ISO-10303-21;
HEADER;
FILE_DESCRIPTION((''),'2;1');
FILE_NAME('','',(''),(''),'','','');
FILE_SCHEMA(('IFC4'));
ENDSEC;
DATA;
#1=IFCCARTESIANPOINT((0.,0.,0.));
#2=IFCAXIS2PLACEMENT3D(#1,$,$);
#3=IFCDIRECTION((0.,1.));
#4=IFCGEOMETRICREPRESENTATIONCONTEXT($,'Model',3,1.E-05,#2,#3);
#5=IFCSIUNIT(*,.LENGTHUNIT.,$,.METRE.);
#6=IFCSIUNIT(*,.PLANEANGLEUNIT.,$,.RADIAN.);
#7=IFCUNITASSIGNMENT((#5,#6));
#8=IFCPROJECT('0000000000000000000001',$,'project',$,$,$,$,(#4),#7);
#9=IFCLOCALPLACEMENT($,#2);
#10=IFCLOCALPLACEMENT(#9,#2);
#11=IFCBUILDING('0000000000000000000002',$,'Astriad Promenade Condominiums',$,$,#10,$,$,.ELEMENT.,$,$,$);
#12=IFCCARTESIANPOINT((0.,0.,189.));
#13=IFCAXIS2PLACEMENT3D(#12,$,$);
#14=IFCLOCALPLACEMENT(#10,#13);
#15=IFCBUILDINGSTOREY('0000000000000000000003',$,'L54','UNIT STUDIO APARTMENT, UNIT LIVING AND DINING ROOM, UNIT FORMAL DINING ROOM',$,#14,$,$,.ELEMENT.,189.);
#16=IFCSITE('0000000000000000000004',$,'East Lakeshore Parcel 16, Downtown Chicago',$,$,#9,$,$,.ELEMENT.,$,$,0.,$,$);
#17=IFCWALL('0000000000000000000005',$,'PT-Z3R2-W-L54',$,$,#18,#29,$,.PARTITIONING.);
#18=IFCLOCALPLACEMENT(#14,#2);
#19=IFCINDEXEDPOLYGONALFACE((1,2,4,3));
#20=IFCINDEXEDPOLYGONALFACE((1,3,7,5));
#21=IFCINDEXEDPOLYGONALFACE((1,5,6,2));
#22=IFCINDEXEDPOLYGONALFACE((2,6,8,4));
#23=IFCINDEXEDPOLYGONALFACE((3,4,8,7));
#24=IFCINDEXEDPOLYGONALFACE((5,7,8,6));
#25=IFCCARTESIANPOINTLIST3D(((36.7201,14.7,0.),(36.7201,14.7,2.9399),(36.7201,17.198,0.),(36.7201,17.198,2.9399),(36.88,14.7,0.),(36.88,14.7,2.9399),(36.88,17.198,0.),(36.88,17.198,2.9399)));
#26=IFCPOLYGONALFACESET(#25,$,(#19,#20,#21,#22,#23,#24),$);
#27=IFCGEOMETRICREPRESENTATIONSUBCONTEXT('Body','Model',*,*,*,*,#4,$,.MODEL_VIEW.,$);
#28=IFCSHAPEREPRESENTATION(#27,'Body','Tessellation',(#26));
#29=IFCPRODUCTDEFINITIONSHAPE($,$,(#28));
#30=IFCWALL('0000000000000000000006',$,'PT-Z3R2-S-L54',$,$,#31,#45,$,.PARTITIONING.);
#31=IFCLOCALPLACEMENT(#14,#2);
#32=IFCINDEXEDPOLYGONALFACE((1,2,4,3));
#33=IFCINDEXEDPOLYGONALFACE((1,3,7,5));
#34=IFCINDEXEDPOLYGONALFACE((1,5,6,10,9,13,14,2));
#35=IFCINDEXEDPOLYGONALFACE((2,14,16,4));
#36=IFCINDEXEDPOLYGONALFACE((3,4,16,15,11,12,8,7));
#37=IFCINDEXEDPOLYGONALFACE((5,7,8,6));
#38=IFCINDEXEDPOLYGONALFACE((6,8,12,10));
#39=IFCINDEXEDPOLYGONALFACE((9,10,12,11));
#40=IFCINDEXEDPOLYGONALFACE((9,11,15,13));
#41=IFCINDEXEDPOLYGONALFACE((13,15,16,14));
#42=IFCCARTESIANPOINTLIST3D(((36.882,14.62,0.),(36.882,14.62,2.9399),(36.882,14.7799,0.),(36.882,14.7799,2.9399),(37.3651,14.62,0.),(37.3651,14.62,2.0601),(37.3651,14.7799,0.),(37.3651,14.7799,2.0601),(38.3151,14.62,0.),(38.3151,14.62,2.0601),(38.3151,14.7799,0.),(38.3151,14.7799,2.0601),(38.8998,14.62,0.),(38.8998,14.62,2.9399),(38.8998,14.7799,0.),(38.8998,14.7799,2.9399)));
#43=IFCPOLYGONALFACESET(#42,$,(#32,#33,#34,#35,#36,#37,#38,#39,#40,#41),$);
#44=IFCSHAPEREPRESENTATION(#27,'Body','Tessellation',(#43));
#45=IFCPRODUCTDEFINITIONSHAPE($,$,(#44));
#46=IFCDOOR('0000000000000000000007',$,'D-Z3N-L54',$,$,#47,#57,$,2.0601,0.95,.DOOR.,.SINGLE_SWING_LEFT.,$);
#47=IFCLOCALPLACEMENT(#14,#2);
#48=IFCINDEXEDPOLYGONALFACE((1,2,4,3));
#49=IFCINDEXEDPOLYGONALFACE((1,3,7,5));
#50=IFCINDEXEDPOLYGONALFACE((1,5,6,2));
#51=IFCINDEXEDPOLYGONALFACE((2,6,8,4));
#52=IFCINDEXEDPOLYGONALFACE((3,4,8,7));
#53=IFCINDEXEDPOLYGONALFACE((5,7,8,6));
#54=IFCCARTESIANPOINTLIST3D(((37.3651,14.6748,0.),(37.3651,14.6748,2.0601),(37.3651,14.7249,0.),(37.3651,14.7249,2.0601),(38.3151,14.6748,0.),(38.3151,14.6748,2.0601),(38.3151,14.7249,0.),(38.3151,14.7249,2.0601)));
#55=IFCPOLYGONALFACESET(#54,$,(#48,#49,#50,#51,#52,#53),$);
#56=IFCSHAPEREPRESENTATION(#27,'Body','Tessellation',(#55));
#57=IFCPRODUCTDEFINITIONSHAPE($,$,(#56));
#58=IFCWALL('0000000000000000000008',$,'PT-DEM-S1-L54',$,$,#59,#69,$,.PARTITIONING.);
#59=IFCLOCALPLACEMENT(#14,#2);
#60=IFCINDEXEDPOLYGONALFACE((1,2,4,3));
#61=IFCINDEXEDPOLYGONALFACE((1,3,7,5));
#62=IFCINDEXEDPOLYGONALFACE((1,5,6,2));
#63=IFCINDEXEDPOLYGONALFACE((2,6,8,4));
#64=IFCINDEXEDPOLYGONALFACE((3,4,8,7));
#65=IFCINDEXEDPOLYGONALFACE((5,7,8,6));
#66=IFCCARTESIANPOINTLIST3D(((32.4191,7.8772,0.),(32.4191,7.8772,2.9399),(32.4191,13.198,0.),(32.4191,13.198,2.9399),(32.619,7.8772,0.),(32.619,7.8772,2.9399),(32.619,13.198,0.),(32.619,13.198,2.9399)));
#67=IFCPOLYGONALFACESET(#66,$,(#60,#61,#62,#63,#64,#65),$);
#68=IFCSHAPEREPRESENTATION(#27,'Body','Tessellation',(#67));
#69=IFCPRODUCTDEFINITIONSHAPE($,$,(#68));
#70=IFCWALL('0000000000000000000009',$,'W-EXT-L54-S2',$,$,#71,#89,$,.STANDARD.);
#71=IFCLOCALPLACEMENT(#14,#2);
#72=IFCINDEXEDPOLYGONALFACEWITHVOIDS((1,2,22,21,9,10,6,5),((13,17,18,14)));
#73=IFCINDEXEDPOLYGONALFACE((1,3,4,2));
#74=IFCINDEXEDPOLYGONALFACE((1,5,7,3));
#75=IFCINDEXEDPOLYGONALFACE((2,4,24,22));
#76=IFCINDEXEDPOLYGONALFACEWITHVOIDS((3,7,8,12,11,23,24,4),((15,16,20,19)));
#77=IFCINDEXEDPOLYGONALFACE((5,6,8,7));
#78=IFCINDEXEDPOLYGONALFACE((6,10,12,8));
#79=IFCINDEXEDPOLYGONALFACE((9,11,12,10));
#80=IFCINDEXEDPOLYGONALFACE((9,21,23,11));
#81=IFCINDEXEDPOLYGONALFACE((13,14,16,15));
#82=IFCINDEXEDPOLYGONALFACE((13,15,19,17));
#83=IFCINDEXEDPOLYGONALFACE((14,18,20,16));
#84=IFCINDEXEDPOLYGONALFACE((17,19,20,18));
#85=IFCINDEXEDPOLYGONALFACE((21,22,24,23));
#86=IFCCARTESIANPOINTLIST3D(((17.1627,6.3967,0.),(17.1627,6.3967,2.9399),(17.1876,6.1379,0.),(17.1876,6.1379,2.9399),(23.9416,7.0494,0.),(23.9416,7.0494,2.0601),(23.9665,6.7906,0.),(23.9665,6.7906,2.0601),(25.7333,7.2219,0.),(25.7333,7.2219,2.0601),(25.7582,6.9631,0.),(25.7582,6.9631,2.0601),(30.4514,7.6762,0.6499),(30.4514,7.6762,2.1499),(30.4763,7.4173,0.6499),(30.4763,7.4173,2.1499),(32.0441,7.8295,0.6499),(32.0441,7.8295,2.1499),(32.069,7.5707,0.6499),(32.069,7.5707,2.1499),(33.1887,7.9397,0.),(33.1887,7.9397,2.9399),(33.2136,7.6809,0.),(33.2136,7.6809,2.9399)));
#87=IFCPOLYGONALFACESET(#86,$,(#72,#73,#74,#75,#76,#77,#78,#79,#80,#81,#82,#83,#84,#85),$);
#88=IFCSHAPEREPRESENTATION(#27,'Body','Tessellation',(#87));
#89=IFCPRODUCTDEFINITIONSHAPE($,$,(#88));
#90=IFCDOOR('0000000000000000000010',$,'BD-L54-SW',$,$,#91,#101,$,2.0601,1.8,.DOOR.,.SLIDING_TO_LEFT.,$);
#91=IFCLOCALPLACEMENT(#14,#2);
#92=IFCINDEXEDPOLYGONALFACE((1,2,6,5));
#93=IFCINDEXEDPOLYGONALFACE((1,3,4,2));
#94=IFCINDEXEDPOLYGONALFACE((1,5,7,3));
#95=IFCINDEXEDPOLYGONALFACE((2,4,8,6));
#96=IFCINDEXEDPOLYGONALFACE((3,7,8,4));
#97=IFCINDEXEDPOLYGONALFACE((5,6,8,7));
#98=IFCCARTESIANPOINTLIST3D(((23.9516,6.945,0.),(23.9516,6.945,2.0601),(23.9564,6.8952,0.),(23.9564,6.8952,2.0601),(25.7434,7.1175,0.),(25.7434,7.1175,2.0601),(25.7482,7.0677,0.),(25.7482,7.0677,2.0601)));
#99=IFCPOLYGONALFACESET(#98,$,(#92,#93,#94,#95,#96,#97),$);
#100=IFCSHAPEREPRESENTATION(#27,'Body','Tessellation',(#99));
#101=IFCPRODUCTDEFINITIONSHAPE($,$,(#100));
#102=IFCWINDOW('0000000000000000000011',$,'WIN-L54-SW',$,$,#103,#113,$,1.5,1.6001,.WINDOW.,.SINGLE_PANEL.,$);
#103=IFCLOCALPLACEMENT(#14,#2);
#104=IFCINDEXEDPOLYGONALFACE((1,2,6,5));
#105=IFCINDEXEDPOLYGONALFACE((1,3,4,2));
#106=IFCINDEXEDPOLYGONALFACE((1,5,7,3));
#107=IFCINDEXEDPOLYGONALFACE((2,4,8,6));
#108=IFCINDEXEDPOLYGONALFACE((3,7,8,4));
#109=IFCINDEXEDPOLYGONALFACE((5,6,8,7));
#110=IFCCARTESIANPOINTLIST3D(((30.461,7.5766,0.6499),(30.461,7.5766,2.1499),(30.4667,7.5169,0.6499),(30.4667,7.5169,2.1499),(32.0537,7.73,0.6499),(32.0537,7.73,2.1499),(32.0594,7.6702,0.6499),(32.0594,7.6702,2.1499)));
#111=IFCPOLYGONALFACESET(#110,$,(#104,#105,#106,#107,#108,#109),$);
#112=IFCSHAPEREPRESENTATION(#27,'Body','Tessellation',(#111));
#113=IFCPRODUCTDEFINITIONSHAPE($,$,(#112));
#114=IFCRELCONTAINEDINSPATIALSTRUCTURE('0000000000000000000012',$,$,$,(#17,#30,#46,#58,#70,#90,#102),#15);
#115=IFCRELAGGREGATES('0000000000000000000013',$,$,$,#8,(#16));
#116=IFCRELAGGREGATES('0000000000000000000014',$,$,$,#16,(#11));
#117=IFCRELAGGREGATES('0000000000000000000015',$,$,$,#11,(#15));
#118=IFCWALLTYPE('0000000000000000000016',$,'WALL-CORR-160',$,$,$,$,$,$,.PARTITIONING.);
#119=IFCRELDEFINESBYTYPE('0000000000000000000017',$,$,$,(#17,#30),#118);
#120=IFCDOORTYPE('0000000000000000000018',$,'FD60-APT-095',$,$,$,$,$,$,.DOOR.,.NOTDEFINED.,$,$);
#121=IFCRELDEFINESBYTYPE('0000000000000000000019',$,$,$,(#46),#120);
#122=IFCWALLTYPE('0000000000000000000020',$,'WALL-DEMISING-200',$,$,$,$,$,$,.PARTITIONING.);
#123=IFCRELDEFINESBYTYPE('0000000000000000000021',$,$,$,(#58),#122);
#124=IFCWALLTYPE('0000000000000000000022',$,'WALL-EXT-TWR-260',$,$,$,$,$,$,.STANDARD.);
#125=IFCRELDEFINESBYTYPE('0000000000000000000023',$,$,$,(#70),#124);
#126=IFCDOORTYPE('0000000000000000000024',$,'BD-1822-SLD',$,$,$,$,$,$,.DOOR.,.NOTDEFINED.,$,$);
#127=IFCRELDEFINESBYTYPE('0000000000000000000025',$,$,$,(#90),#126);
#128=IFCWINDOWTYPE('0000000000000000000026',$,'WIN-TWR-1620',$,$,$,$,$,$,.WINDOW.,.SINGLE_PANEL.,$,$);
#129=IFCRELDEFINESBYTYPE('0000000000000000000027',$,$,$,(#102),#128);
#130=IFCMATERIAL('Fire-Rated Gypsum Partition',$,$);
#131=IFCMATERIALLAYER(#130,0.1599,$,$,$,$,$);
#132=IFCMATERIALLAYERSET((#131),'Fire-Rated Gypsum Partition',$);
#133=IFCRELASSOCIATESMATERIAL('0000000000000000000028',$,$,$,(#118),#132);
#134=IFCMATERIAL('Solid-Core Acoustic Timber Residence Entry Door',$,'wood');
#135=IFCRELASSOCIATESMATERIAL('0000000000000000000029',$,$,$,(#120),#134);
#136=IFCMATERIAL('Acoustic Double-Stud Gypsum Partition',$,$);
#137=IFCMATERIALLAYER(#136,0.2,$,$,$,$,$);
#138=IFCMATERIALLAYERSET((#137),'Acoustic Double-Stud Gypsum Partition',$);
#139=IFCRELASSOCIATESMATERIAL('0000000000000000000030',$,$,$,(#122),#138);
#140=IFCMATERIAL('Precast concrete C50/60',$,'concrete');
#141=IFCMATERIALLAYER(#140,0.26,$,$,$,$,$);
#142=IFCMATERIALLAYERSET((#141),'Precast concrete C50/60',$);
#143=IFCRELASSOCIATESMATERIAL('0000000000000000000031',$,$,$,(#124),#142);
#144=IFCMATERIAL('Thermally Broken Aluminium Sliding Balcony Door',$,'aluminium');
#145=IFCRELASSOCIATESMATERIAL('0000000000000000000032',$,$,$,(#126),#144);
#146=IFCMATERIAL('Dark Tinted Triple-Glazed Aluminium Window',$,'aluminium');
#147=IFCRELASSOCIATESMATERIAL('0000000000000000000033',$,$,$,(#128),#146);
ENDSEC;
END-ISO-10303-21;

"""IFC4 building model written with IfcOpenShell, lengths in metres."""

from ifc_helpers import new_model, si_unit, direction, frame, frame_2d, origin, place, context, subcontext, project, spatial, rectangle, extrude, source, transform, mapped, material, layer, layer_set, type_object, type_shapes, element, fill, save


model = new_model("IFC4")

# Units and contexts
model_context = context("Model", 3, precision=1e-05, world=origin(), true_north=direction((0.0, 1.0)))
body_context = subcontext(model_context, "Body", "Model", "MODEL_VIEW")
ifc_project = project(units=[si_unit("LENGTHUNIT", "METRE"), si_unit("PLANEANGLEUNIT", "RADIAN")], contexts=[model_context])

# Site, building, storey
site_placement = place(None, origin())
site = spatial("IfcSite", under=ifc_project, at=site_placement, Name="East Lakeshore Parcel 16, Downtown Chicago", CompositionType="ELEMENT", RefElevation=0.0)
building_placement = place(site_placement, origin())
building = spatial("IfcBuilding", under=site, at=building_placement, Name="Astriad Promenade Condominiums", CompositionType="ELEMENT")
storey_placement = place(building_placement, frame((0.0, 0.0, 189.0)))
storey = spatial("IfcBuildingStorey", under=building, at=storey_placement, Name="L54", Description="UNIT STUDIO APARTMENT, UNIT LIVING AND DINING ROOM, UNIT FORMAL DINING ROOM", CompositionType="ELEMENT", Elevation=189.0)

# Wall
ifc_material_1 = material(Name="Fire-Rated Gypsum Partition")
ifc_layer_1 = layer(ifc_material_1, 0.1599)
ifc_layer_set_1 = layer_set([ifc_layer_1], Name="Fire-Rated Gypsum Partition")
wall_type_1 = type_object("IfcWallType", Name="WALL-CORR-160", PredefinedType="PARTITIONING", material=ifc_layer_set_1)
for number, where, z_axis, x_axis, name in (
    (1, (36.8, 14.7, 0.0), (0.0, 0.0, 1.0), (0.0, 1.0, 0.0), "PT-Z3R2-W-L54"),
):
    element("IfcWall", number, at=place(storey_placement, frame(where, z_axis=z_axis, x_axis=x_axis)), inside=storey, type_object=wall_type_1, Name=name, PredefinedType="PARTITIONING", context=body_context, shape_type="SweptSolid", body=[
        extrude(rectangle(XDim=2.498, YDim=0.1599, at=frame_2d((1.249, 0.0))), origin(), (0.0, 0.0, 1.0), 2.9399),
    ])

# Wall, opening, door
wall_1_placement = place(storey_placement, frame((36.8821, 14.7, 0.0), z_axis=(0.0, 0.0, 1.0), x_axis=(1.0, 0.0, 0.0)))
wall_1 = element("IfcWall", 2, at=wall_1_placement, inside=storey, type_object=wall_type_1, Name="PT-Z3R2-S-L54", PredefinedType="PARTITIONING", context=body_context, shape_type="SweptSolid", body=[
    extrude(rectangle(XDim=2.0178, YDim=0.1599, at=frame_2d((1.0088, 0.0))), origin(), (0.0, 0.0, 1.0), 2.9399),
])
opening_1_placement = place(wall_1_placement, frame((0.4829, 0.0, 0.0)))
opening_1 = element("IfcOpeningElement", 3, at=opening_1_placement, cuts=wall_1, PredefinedType="OPENING", context=body_context, shape_type="SweptSolid", body=[
    extrude(rectangle(XDim=0.95, YDim=2.0601, at=frame_2d((0.4751, 1.03))), frame((0.0, 0.0898, 0.0), z_axis=(0.0, -1.0, 0.0), x_axis=(1.0, 0.0, 0.0)), (0.0, 0.0, 1.0), 0.1799),
])
ifc_material_2 = material(Name="Solid-Core Acoustic Timber Residence Entry Door", Category="wood")
door_type_1 = type_object("IfcDoorType", Name="FD60-APT-095", OperationType="NOTDEFINED", PredefinedType="DOOR", material=ifc_material_2)
shared_shape_1 = source(origin(), body_context, "Body", "SweptSolid", [
    extrude(rectangle(XDim=0.95, YDim=2.0601, at=frame_2d((0.4751, 1.03))), frame((0.0, 0.0249, 0.0), z_axis=(0.0, -1.0, 0.0), x_axis=(1.0, 0.0, 0.0)), (0.0, 0.0, 1.0), 0.05),
])
type_shapes(door_type_1, [shared_shape_1])
door_1_placement = place(opening_1_placement, origin())
door_1 = element("IfcDoor", 4, at=door_1_placement, inside=storey, type_object=door_type_1, Name="D-Z3N-L54", OperationType="SINGLE_SWING_LEFT", OverallHeight=2.0601, OverallWidth=0.95, PredefinedType="DOOR", context=body_context, shape_type="MappedRepresentation", body=[
    mapped(shared_shape_1, transform((0.0, 0.0, 0.0), scale=1.0)),
])
fill(opening_1, door_1)

# Wall
ifc_material_3 = material(Name="Acoustic Double-Stud Gypsum Partition")
ifc_layer_2 = layer(ifc_material_3, 0.2)
ifc_layer_set_2 = layer_set([ifc_layer_2], Name="Acoustic Double-Stud Gypsum Partition")
wall_type_2 = type_object("IfcWallType", Name="WALL-DEMISING-200", PredefinedType="PARTITIONING", material=ifc_layer_set_2)
wall_2_placement = place(storey_placement, frame((32.519, 7.8772, 0.0), z_axis=(0.0, 0.0, 1.0), x_axis=(0.0, 1.0, 0.0)))
element("IfcWall", 5, at=wall_2_placement, inside=storey, type_object=wall_type_2, Name="PT-DEM-S1-L54", PredefinedType="PARTITIONING", context=body_context, shape_type="SweptSolid", body=[
    extrude(rectangle(XDim=5.3208, YDim=0.2, at=frame_2d((2.6604, 0.0))), origin(), (0.0, 0.0, 1.0), 2.9399),
])

# Wall, openings, door, window
ifc_material_4 = material(Name="Precast concrete C50/60", Category="concrete")
ifc_layer_3 = layer(ifc_material_4, 0.26)
ifc_layer_set_3 = layer_set([ifc_layer_3], Name="Precast concrete C50/60")
wall_type_3 = type_object("IfcWallType", Name="WALL-EXT-TWR-260", PredefinedType="STANDARD", material=ifc_layer_set_3)
wall_3_placement = place(storey_placement, frame((33.2012, 7.8103, 0.0), z_axis=(0.0, 0.0, 1.0), x_axis=(-0.995397, -0.095837, 0.0)))
wall_3 = element("IfcWall", 6, at=wall_3_placement, inside=storey, type_object=wall_type_3, Name="W-EXT-L54-S2", PredefinedType="STANDARD", context=body_context, shape_type="SweptSolid", body=[
    extrude(rectangle(XDim=16.1001, YDim=0.26, at=frame_2d((8.05, 0.0))), origin(), (0.0, 0.0, 1.0), 2.9399),
])
opening_2_placement = place(wall_3_placement, frame((7.49, 0.0, 0.0)))
opening_2 = element("IfcOpeningElement", 7, at=opening_2_placement, cuts=wall_3, PredefinedType="OPENING", context=body_context, shape_type="SweptSolid", body=[
    extrude(rectangle(XDim=1.8, YDim=2.0601, at=frame_2d((0.8999, 1.03))), frame((0.0, 0.1399, 0.0), z_axis=(0.0, -1.0, 0.0), x_axis=(1.0, 0.0, 0.0)), (0.0, 0.0, 1.0), 0.28),
])
opening_3_placement = place(wall_3_placement, frame((1.1499, 0.0, 0.6499)))
opening_3 = element("IfcOpeningElement", 8, at=opening_3_placement, cuts=wall_3, PredefinedType="OPENING", context=body_context, shape_type="SweptSolid", body=[
    extrude(rectangle(XDim=1.6001, YDim=1.5, at=frame_2d((0.8, 0.75))), frame((0.0, 0.1399, 0.0), z_axis=(0.0, -1.0, 0.0), x_axis=(1.0, 0.0, 0.0)), (0.0, 0.0, 1.0), 0.28),
])
ifc_material_5 = material(Name="Thermally Broken Aluminium Sliding Balcony Door", Category="aluminium")
door_type_2 = type_object("IfcDoorType", Name="BD-1822-SLD", OperationType="NOTDEFINED", PredefinedType="DOOR", material=ifc_material_5)
shared_shape_2 = source(origin(), body_context, "Body", "SweptSolid", [
    extrude(rectangle(XDim=1.8, YDim=2.0601, at=frame_2d((0.8999, 1.03))), frame((0.0, 0.0249, 0.0), z_axis=(0.0, -1.0, 0.0), x_axis=(1.0, 0.0, 0.0)), (0.0, 0.0, 1.0), 0.05),
])
type_shapes(door_type_2, [shared_shape_2])
door_2_placement = place(opening_2_placement, origin())
door_2 = element("IfcDoor", 9, at=door_2_placement, inside=storey, type_object=door_type_2, Name="BD-L54-SW", OperationType="SLIDING_TO_LEFT", OverallHeight=2.0601, OverallWidth=1.8, PredefinedType="DOOR", context=body_context, shape_type="MappedRepresentation", body=[
    mapped(shared_shape_2, transform((0.0, 0.0, 0.0), scale=1.0)),
])
fill(opening_2, door_2)
ifc_material_6 = material(Name="Dark Tinted Triple-Glazed Aluminium Window", Category="aluminium")
window_type = type_object("IfcWindowType", Name="WIN-TWR-1620", PartitioningType="SINGLE_PANEL", PredefinedType="WINDOW", material=ifc_material_6)
shared_shape_3 = source(origin(), body_context, "Body", "SweptSolid", [
    extrude(rectangle(XDim=1.6001, YDim=1.5, at=frame_2d((0.8, 0.75))), frame((0.0, 0.03, 0.0), z_axis=(0.0, -1.0, 0.0), x_axis=(1.0, 0.0, 0.0)), (0.0, 0.0, 1.0), 0.0601),
])
type_shapes(window_type, [shared_shape_3])
window_placement = place(opening_3_placement, origin())
window = element("IfcWindow", 10, at=window_placement, inside=storey, type_object=window_type, Name="WIN-L54-SW", OverallHeight=1.5, OverallWidth=1.6001, PartitioningType="SINGLE_PANEL", PredefinedType="WINDOW", context=body_context, shape_type="MappedRepresentation", body=[
    mapped(shared_shape_3, transform((0.0, 0.0, 0.0), scale=1.0)),
])
fill(opening_3, window)

save(model, "model.ifc")
